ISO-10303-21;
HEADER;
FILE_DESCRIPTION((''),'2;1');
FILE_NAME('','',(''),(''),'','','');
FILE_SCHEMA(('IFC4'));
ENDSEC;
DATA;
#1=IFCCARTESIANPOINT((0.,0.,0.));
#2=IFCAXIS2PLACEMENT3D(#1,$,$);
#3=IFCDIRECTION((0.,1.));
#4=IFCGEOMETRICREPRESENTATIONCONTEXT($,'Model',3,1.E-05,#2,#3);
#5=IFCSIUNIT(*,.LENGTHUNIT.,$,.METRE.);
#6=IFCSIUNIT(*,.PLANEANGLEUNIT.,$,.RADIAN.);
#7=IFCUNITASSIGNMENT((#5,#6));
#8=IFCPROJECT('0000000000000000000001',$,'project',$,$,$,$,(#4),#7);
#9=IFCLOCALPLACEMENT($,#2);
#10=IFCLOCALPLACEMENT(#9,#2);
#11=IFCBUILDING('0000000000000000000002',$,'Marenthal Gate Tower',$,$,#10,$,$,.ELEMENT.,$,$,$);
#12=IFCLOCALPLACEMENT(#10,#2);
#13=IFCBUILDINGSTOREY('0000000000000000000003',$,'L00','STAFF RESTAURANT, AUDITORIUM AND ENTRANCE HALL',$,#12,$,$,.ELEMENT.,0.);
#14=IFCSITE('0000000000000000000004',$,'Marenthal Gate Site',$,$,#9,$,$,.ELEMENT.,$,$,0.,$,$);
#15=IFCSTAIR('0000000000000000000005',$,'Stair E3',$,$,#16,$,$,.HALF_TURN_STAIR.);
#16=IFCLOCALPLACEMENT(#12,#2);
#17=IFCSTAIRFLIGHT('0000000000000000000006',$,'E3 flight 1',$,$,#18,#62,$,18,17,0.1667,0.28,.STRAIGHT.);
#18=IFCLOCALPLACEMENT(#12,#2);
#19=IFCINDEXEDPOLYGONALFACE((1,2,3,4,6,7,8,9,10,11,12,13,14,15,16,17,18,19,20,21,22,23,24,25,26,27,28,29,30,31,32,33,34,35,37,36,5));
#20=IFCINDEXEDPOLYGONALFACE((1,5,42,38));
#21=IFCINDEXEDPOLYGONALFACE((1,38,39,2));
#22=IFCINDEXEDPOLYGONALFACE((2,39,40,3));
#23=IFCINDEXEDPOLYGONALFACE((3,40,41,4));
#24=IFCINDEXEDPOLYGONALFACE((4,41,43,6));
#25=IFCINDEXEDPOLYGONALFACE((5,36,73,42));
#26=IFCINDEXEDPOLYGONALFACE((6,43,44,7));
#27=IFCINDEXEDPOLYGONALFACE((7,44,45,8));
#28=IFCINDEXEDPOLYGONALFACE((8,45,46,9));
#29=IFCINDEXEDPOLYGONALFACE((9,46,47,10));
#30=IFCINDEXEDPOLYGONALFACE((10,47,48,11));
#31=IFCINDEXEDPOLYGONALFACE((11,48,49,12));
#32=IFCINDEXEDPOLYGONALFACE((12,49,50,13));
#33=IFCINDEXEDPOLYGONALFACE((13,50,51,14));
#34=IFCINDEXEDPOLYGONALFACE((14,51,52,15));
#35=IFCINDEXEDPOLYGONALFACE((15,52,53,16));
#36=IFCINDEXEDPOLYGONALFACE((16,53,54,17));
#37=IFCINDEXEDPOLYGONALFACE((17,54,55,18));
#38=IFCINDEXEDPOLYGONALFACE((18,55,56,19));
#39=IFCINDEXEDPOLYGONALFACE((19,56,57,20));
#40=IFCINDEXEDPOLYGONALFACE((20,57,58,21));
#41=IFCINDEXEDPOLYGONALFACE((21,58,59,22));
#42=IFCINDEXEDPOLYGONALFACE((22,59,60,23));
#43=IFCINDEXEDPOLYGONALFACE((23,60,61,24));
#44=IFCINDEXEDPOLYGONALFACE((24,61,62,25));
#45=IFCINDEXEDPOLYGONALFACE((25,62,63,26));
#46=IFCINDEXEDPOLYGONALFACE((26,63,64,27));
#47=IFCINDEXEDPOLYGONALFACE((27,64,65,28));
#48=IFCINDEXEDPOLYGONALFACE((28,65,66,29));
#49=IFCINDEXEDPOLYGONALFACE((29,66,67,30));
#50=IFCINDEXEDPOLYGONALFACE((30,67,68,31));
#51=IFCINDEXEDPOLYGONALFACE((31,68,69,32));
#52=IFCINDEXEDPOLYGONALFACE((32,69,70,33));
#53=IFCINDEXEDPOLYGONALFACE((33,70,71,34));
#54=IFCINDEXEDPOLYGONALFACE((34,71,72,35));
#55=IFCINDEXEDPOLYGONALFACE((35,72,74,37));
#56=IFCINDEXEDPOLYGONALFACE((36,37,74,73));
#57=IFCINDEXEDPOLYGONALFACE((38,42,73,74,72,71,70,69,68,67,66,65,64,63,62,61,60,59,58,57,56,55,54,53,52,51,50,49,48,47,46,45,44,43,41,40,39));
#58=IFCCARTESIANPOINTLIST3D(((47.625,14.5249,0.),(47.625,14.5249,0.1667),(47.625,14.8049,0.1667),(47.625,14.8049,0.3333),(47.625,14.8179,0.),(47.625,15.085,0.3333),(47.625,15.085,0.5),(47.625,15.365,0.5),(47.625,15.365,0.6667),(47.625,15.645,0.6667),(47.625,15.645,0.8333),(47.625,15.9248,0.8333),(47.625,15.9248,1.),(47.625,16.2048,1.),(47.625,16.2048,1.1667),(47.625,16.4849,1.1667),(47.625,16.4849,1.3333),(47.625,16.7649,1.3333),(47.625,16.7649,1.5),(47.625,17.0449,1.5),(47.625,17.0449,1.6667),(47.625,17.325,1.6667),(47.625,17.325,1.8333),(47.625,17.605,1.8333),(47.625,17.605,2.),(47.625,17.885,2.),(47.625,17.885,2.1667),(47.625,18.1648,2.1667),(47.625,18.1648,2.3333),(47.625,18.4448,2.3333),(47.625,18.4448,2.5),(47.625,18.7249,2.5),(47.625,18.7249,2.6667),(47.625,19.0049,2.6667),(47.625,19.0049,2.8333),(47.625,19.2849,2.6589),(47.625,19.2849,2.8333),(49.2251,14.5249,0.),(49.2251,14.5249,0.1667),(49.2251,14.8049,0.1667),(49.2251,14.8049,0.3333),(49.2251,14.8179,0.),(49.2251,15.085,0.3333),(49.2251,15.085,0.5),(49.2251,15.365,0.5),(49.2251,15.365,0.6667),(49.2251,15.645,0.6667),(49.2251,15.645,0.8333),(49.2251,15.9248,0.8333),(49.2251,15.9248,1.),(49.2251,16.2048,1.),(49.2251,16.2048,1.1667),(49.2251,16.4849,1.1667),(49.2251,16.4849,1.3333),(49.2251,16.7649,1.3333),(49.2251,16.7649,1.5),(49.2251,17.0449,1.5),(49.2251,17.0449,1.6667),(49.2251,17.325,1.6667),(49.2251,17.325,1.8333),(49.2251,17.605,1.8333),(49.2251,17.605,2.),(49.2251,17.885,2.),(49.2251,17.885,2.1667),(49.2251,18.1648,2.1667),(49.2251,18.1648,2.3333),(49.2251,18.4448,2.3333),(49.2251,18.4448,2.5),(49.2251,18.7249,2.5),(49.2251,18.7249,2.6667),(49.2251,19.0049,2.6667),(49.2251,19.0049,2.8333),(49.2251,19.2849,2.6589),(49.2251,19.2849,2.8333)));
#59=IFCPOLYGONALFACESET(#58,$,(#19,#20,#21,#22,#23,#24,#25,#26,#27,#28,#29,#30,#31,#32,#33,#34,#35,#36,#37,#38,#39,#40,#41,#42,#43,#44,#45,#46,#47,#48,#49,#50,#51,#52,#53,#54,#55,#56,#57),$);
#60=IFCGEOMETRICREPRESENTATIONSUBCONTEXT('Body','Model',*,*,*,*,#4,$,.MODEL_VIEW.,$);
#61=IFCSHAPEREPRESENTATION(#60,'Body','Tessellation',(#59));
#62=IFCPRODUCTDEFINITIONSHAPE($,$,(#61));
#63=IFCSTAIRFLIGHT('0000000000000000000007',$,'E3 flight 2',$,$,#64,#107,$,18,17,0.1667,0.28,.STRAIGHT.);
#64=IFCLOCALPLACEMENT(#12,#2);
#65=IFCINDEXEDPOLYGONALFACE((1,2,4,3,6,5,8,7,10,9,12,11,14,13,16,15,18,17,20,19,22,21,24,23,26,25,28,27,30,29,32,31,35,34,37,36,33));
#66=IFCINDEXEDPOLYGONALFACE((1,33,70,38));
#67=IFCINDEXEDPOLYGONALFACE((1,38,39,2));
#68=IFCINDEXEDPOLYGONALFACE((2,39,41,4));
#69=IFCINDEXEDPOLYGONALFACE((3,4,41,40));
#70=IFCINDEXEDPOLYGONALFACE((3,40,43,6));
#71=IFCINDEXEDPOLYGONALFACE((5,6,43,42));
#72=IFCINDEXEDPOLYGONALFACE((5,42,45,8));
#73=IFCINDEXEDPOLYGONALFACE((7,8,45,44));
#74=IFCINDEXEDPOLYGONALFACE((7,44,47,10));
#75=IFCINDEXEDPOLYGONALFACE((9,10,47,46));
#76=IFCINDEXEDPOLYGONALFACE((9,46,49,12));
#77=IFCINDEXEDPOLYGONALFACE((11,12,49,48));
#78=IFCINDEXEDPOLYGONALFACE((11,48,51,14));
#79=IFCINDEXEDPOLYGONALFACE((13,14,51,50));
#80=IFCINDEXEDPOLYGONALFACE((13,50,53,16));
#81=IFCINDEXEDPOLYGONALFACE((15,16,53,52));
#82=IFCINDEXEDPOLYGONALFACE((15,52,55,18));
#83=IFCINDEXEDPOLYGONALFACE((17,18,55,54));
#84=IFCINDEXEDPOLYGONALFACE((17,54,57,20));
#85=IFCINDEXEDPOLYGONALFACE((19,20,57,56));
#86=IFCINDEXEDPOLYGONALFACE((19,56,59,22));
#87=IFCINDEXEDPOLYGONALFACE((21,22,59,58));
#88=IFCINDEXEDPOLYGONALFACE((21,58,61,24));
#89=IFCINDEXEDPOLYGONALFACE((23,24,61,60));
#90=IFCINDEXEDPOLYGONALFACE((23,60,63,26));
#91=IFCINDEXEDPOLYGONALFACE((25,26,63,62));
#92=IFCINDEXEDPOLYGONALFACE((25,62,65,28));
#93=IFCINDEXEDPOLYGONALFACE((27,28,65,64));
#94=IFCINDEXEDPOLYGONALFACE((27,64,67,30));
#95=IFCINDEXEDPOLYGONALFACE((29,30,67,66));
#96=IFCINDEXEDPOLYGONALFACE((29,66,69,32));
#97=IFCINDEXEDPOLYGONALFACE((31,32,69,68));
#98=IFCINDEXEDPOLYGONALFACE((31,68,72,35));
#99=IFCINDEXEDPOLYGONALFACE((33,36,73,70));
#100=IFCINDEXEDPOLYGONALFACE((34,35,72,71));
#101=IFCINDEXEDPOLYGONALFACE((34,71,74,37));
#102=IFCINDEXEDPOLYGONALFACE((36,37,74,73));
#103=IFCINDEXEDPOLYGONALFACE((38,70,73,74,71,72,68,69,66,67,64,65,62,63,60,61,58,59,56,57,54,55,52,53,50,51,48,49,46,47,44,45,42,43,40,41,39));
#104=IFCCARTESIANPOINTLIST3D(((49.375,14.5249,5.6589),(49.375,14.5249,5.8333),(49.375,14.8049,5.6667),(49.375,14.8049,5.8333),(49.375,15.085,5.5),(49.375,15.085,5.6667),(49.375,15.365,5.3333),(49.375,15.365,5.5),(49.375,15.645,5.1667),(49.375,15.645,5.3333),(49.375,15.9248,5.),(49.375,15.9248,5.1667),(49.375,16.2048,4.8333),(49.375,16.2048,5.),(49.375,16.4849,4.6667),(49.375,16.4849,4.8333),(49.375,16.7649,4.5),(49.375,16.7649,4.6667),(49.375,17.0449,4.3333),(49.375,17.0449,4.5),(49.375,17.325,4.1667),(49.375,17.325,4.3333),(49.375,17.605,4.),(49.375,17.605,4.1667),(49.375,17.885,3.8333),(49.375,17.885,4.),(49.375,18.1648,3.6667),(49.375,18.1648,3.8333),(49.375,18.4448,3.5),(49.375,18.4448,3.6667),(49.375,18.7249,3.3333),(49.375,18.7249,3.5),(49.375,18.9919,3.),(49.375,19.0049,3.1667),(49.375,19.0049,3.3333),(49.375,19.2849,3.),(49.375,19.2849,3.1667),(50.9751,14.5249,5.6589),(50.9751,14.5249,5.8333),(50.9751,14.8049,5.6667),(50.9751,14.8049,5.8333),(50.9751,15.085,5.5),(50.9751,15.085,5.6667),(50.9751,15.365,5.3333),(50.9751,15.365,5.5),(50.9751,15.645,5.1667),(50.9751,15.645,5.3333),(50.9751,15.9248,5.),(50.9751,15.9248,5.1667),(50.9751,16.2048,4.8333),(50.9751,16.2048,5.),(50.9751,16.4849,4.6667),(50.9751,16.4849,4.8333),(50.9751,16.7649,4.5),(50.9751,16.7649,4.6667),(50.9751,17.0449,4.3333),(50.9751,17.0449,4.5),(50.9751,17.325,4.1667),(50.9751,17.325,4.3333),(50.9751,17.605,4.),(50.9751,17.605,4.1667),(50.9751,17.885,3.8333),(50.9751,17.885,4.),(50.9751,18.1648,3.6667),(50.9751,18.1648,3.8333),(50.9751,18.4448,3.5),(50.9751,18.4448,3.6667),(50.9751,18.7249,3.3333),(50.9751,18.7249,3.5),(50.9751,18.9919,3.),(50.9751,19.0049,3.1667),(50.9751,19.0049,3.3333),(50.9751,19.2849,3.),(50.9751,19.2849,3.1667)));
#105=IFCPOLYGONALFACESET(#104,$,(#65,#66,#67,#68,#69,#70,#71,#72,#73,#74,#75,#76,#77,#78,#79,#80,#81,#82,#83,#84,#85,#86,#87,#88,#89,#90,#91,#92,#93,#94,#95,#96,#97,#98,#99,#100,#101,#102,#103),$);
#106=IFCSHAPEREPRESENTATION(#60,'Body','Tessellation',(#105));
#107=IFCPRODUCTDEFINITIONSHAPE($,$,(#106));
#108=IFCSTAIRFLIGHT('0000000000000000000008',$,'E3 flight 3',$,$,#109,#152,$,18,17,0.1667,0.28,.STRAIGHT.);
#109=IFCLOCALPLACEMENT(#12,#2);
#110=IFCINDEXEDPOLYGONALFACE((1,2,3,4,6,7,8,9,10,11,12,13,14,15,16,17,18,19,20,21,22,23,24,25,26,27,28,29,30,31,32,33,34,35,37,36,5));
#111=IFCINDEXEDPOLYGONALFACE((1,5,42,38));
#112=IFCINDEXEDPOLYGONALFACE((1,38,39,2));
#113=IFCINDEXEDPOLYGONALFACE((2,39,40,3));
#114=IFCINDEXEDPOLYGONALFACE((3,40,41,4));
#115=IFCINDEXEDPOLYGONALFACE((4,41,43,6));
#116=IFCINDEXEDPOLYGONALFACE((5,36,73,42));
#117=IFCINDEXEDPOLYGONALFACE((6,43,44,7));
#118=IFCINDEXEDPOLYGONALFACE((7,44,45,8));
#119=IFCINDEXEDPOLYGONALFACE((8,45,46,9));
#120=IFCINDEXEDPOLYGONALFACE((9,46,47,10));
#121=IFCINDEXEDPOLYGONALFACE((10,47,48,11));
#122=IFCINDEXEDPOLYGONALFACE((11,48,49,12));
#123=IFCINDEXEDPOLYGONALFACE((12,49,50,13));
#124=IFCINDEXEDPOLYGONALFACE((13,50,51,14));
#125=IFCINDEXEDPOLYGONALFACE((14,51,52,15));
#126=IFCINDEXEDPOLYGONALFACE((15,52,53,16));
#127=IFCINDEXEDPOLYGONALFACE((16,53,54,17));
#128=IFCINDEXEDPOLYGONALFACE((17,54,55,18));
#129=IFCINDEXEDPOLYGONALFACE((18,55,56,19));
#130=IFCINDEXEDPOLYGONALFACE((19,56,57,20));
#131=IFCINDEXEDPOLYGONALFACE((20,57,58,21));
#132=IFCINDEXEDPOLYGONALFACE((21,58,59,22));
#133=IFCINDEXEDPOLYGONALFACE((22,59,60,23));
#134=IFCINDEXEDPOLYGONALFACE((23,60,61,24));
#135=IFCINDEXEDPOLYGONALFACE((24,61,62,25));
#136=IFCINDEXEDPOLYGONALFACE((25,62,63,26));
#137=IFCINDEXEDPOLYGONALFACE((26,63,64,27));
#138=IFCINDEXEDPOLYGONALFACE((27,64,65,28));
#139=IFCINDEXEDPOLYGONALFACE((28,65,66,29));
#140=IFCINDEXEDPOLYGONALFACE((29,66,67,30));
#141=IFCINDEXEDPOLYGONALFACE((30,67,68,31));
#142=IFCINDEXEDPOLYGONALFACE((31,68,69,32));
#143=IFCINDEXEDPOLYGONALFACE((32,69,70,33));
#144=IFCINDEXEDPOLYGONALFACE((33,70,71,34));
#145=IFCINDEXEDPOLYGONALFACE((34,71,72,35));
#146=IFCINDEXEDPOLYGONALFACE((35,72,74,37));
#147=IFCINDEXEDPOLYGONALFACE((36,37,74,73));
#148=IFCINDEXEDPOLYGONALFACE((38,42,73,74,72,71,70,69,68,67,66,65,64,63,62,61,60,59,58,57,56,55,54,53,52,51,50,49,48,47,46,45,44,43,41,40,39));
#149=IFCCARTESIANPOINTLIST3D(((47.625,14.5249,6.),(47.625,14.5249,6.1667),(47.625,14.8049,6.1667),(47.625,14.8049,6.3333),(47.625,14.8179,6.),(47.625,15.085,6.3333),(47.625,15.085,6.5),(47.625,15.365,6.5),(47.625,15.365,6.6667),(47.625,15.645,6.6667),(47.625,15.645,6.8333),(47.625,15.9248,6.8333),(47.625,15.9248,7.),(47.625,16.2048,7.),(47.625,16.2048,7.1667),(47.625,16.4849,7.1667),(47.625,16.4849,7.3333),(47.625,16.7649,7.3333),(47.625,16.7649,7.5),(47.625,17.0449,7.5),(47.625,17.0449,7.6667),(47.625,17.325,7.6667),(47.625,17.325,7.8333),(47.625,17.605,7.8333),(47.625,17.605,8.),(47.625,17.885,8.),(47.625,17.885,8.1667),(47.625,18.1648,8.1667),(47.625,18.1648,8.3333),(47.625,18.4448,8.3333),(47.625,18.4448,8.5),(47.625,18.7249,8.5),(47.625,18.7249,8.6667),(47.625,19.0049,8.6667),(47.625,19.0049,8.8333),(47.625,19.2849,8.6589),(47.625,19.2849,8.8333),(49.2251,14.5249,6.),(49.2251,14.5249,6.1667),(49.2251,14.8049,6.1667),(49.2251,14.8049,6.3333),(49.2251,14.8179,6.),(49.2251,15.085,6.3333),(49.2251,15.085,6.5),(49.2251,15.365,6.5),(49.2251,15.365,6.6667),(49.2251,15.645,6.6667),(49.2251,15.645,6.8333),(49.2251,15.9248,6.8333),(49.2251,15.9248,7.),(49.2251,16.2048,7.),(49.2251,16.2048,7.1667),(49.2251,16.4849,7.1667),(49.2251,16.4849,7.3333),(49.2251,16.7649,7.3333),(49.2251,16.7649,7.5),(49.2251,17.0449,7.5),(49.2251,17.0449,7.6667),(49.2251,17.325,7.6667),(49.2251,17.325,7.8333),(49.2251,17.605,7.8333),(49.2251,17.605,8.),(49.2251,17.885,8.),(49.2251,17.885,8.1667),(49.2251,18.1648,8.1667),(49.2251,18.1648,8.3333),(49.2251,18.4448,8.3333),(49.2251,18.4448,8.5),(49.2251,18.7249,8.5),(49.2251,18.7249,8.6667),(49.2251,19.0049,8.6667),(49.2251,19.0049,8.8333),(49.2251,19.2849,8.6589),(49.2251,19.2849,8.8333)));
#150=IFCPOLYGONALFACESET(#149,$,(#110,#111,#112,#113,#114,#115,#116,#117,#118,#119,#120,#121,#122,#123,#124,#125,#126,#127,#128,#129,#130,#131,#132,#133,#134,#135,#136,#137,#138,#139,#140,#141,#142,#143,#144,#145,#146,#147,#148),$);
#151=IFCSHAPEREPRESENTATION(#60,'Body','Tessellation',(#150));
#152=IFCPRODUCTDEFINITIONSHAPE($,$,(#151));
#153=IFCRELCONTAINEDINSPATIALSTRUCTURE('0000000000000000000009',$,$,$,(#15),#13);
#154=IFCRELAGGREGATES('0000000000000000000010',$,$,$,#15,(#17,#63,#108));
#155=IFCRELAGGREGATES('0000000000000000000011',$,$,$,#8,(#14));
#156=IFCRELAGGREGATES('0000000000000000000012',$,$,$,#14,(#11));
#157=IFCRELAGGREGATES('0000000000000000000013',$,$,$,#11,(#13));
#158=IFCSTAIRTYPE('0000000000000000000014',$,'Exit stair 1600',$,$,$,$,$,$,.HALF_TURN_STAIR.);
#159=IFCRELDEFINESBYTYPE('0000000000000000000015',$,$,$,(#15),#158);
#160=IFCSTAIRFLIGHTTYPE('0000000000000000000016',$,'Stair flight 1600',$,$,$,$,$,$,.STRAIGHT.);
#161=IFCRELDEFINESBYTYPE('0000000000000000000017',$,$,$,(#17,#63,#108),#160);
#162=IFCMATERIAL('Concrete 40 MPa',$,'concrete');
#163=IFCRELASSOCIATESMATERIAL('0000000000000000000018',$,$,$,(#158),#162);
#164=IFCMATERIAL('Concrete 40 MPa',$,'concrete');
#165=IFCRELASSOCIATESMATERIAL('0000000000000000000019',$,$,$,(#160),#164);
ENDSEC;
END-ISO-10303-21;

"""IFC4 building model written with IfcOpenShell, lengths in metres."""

from ifc_helpers import new_model, si_unit, direction, frame, origin, place, context, subcontext, project, spatial, polyline, outline, extrude, material, type_object, element, aggregate, save


model = new_model("IFC4")

# Units and contexts
model_context = context("Model", 3, precision=1e-05, world=origin(), true_north=direction((0.0, 1.0)))
body_context = subcontext(model_context, "Body", "Model", "MODEL_VIEW")
ifc_project = project(units=[si_unit("LENGTHUNIT", "METRE"), si_unit("PLANEANGLEUNIT", "RADIAN")], contexts=[model_context])

# Site, building, storey
site_placement = place(None, origin())
site = spatial("IfcSite", under=ifc_project, at=site_placement, Name="Marenthal Gate Site", CompositionType="ELEMENT", RefElevation=0.0)
building_placement = place(site_placement, origin())
building = spatial("IfcBuilding", under=site, at=building_placement, Name="Marenthal Gate Tower", CompositionType="ELEMENT")
storey_placement = place(building_placement, origin())
storey = spatial("IfcBuildingStorey", under=building, at=storey_placement, Name="L00", Description="STAFF RESTAURANT, AUDITORIUM AND ENTRANCE HALL", CompositionType="ELEMENT", Elevation=0.0)

# Stair, stair flights
ifc_material_1 = material(Name="Concrete 40 MPa", Category="concrete")
stair_type = type_object("IfcStairType", Name="Exit stair 1600", PredefinedType="HALF_TURN_STAIR", material=ifc_material_1)
stair_placement = place(storey_placement, origin())
stair = element("IfcStair", 1, at=stair_placement, inside=storey, type_object=stair_type, Name="Stair E3", PredefinedType="HALF_TURN_STAIR")
ifc_material_2 = material(Name="Concrete 40 MPa", Category="concrete")
stair_flight_type = type_object("IfcStairFlightType", Name="Stair flight 1600", PredefinedType="STRAIGHT", material=ifc_material_2)
stair_flight_1_placement = place(storey_placement, frame((48.425, 14.5249, 0.0), z_axis=(0.0, 0.0, 1.0), x_axis=(0.0, 1.0, 0.0)))
stair_flight_1 = element("IfcStairFlight", 2, at=stair_flight_1_placement, type_object=stair_flight_type, Name="E3 flight 1", NumberOfRisers=18, NumberOfTreads=17, PredefinedType="STRAIGHT", RiserHeight=0.1667, TreadLength=0.28, context=body_context, shape_type="SweptSolid", body=[
    extrude(outline(polyline([(0.0, 0.0), (0.0, 0.1667), (0.28, 0.1667), (0.28, 0.3333), (0.5601, 0.3333), (0.5601, 0.5), (0.8401, 0.5), (0.8401, 0.6667), (1.1201, 0.6667), (1.1201, 0.8333), (1.3999, 0.8333), (1.3999, 1.0), (1.6799, 1.0), (1.6799, 1.1667), (1.96, 1.1667), (1.96, 1.3333), (2.24, 1.3333), (2.24, 1.5), (2.52, 1.5), (2.52, 1.6667), (2.8, 1.6667), (2.8, 1.8333), (3.0801, 1.8333), (3.0801, 2.0), (3.3601, 2.0), (3.3601, 2.1667), (3.6399, 2.1667), (3.6399, 2.3333), (3.9199, 2.3333), (3.9199, 2.5), (4.2, 2.5), (4.2, 2.6667), (4.48, 2.6667), (4.48, 2.8333), (4.76, 2.8333), (4.76, 3.0), (4.76, 2.6589), (0.293, 0.0), (0.0, 0.0)])), frame((0.0, 0.8, 0.0), z_axis=(0.0, -1.0, 0.0), x_axis=(1.0, 0.0, 0.0)), (0.0, 0.0, 1.0), 1.6001),
])
stair_flight_2_placement = place(storey_placement, frame((50.175, 19.2849, 3.0), z_axis=(0.0, 0.0, 1.0), x_axis=(0.0, -1.0, 0.0)))
stair_flight_2 = element("IfcStairFlight", 3, at=stair_flight_2_placement, type_object=stair_flight_type, Name="E3 flight 2", NumberOfRisers=18, NumberOfTreads=17, PredefinedType="STRAIGHT", RiserHeight=0.1667, TreadLength=0.28, context=body_context, shape_type="SweptSolid", body=[
    extrude(outline(polyline([(0.0, 0.0), (0.0, 0.1667), (0.28, 0.1667), (0.28, 0.3333), (0.5601, 0.3333), (0.5601, 0.5), (0.8401, 0.5), (0.8401, 0.6667), (1.1201, 0.6667), (1.1201, 0.8333), (1.3999, 0.8333), (1.3999, 1.0), (1.6799, 1.0), (1.6799, 1.1667), (1.96, 1.1667), (1.96, 1.3333), (2.24, 1.3333), (2.24, 1.5), (2.52, 1.5), (2.52, 1.6667), (2.8, 1.6667), (2.8, 1.8333), (3.0801, 1.8333), (3.0801, 2.0), (3.3601, 2.0), (3.3601, 2.1667), (3.6399, 2.1667), (3.6399, 2.3333), (3.9199, 2.3333), (3.9199, 2.5), (4.2, 2.5), (4.2, 2.6667), (4.48, 2.6667), (4.48, 2.8333), (4.76, 2.8333), (4.76, 3.0), (4.76, 2.6589), (0.293, 0.0), (0.0, 0.0)])), frame((0.0, 0.8, 0.0), z_axis=(0.0, -1.0, 0.0), x_axis=(1.0, 0.0, 0.0)), (0.0, 0.0, 1.0), 1.6001),
])
stair_flight_3_placement = place(storey_placement, frame((48.425, 14.5249, 6.0), z_axis=(0.0, 0.0, 1.0), x_axis=(0.0, 1.0, 0.0)))
stair_flight_3 = element("IfcStairFlight", 4, at=stair_flight_3_placement, type_object=stair_flight_type, Name="E3 flight 3", NumberOfRisers=18, NumberOfTreads=17, PredefinedType="STRAIGHT", RiserHeight=0.1667, TreadLength=0.28, context=body_context, shape_type="SweptSolid", body=[
    extrude(outline(polyline([(0.0, 0.0), (0.0, 0.1667), (0.28, 0.1667), (0.28, 0.3333), (0.5601, 0.3333), (0.5601, 0.5), (0.8401, 0.5), (0.8401, 0.6667), (1.1201, 0.6667), (1.1201, 0.8333), (1.3999, 0.8333), (1.3999, 1.0), (1.6799, 1.0), (1.6799, 1.1667), (1.96, 1.1667), (1.96, 1.3333), (2.24, 1.3333), (2.24, 1.5), (2.52, 1.5), (2.52, 1.6667), (2.8, 1.6667), (2.8, 1.8333), (3.0801, 1.8333), (3.0801, 2.0), (3.3601, 2.0), (3.3601, 2.1667), (3.6399, 2.1667), (3.6399, 2.3333), (3.9199, 2.3333), (3.9199, 2.5), (4.2, 2.5), (4.2, 2.6667), (4.48, 2.6667), (4.48, 2.8333), (4.76, 2.8333), (4.76, 3.0), (4.76, 2.6589), (0.293, 0.0), (0.0, 0.0)])), frame((0.0, 0.8, 0.0), z_axis=(0.0, -1.0, 0.0), x_axis=(1.0, 0.0, 0.0)), (0.0, 0.0, 1.0), 1.6001),
])
aggregate(stair, [stair_flight_1, stair_flight_2, stair_flight_3])

save(model, "model.ifc")
